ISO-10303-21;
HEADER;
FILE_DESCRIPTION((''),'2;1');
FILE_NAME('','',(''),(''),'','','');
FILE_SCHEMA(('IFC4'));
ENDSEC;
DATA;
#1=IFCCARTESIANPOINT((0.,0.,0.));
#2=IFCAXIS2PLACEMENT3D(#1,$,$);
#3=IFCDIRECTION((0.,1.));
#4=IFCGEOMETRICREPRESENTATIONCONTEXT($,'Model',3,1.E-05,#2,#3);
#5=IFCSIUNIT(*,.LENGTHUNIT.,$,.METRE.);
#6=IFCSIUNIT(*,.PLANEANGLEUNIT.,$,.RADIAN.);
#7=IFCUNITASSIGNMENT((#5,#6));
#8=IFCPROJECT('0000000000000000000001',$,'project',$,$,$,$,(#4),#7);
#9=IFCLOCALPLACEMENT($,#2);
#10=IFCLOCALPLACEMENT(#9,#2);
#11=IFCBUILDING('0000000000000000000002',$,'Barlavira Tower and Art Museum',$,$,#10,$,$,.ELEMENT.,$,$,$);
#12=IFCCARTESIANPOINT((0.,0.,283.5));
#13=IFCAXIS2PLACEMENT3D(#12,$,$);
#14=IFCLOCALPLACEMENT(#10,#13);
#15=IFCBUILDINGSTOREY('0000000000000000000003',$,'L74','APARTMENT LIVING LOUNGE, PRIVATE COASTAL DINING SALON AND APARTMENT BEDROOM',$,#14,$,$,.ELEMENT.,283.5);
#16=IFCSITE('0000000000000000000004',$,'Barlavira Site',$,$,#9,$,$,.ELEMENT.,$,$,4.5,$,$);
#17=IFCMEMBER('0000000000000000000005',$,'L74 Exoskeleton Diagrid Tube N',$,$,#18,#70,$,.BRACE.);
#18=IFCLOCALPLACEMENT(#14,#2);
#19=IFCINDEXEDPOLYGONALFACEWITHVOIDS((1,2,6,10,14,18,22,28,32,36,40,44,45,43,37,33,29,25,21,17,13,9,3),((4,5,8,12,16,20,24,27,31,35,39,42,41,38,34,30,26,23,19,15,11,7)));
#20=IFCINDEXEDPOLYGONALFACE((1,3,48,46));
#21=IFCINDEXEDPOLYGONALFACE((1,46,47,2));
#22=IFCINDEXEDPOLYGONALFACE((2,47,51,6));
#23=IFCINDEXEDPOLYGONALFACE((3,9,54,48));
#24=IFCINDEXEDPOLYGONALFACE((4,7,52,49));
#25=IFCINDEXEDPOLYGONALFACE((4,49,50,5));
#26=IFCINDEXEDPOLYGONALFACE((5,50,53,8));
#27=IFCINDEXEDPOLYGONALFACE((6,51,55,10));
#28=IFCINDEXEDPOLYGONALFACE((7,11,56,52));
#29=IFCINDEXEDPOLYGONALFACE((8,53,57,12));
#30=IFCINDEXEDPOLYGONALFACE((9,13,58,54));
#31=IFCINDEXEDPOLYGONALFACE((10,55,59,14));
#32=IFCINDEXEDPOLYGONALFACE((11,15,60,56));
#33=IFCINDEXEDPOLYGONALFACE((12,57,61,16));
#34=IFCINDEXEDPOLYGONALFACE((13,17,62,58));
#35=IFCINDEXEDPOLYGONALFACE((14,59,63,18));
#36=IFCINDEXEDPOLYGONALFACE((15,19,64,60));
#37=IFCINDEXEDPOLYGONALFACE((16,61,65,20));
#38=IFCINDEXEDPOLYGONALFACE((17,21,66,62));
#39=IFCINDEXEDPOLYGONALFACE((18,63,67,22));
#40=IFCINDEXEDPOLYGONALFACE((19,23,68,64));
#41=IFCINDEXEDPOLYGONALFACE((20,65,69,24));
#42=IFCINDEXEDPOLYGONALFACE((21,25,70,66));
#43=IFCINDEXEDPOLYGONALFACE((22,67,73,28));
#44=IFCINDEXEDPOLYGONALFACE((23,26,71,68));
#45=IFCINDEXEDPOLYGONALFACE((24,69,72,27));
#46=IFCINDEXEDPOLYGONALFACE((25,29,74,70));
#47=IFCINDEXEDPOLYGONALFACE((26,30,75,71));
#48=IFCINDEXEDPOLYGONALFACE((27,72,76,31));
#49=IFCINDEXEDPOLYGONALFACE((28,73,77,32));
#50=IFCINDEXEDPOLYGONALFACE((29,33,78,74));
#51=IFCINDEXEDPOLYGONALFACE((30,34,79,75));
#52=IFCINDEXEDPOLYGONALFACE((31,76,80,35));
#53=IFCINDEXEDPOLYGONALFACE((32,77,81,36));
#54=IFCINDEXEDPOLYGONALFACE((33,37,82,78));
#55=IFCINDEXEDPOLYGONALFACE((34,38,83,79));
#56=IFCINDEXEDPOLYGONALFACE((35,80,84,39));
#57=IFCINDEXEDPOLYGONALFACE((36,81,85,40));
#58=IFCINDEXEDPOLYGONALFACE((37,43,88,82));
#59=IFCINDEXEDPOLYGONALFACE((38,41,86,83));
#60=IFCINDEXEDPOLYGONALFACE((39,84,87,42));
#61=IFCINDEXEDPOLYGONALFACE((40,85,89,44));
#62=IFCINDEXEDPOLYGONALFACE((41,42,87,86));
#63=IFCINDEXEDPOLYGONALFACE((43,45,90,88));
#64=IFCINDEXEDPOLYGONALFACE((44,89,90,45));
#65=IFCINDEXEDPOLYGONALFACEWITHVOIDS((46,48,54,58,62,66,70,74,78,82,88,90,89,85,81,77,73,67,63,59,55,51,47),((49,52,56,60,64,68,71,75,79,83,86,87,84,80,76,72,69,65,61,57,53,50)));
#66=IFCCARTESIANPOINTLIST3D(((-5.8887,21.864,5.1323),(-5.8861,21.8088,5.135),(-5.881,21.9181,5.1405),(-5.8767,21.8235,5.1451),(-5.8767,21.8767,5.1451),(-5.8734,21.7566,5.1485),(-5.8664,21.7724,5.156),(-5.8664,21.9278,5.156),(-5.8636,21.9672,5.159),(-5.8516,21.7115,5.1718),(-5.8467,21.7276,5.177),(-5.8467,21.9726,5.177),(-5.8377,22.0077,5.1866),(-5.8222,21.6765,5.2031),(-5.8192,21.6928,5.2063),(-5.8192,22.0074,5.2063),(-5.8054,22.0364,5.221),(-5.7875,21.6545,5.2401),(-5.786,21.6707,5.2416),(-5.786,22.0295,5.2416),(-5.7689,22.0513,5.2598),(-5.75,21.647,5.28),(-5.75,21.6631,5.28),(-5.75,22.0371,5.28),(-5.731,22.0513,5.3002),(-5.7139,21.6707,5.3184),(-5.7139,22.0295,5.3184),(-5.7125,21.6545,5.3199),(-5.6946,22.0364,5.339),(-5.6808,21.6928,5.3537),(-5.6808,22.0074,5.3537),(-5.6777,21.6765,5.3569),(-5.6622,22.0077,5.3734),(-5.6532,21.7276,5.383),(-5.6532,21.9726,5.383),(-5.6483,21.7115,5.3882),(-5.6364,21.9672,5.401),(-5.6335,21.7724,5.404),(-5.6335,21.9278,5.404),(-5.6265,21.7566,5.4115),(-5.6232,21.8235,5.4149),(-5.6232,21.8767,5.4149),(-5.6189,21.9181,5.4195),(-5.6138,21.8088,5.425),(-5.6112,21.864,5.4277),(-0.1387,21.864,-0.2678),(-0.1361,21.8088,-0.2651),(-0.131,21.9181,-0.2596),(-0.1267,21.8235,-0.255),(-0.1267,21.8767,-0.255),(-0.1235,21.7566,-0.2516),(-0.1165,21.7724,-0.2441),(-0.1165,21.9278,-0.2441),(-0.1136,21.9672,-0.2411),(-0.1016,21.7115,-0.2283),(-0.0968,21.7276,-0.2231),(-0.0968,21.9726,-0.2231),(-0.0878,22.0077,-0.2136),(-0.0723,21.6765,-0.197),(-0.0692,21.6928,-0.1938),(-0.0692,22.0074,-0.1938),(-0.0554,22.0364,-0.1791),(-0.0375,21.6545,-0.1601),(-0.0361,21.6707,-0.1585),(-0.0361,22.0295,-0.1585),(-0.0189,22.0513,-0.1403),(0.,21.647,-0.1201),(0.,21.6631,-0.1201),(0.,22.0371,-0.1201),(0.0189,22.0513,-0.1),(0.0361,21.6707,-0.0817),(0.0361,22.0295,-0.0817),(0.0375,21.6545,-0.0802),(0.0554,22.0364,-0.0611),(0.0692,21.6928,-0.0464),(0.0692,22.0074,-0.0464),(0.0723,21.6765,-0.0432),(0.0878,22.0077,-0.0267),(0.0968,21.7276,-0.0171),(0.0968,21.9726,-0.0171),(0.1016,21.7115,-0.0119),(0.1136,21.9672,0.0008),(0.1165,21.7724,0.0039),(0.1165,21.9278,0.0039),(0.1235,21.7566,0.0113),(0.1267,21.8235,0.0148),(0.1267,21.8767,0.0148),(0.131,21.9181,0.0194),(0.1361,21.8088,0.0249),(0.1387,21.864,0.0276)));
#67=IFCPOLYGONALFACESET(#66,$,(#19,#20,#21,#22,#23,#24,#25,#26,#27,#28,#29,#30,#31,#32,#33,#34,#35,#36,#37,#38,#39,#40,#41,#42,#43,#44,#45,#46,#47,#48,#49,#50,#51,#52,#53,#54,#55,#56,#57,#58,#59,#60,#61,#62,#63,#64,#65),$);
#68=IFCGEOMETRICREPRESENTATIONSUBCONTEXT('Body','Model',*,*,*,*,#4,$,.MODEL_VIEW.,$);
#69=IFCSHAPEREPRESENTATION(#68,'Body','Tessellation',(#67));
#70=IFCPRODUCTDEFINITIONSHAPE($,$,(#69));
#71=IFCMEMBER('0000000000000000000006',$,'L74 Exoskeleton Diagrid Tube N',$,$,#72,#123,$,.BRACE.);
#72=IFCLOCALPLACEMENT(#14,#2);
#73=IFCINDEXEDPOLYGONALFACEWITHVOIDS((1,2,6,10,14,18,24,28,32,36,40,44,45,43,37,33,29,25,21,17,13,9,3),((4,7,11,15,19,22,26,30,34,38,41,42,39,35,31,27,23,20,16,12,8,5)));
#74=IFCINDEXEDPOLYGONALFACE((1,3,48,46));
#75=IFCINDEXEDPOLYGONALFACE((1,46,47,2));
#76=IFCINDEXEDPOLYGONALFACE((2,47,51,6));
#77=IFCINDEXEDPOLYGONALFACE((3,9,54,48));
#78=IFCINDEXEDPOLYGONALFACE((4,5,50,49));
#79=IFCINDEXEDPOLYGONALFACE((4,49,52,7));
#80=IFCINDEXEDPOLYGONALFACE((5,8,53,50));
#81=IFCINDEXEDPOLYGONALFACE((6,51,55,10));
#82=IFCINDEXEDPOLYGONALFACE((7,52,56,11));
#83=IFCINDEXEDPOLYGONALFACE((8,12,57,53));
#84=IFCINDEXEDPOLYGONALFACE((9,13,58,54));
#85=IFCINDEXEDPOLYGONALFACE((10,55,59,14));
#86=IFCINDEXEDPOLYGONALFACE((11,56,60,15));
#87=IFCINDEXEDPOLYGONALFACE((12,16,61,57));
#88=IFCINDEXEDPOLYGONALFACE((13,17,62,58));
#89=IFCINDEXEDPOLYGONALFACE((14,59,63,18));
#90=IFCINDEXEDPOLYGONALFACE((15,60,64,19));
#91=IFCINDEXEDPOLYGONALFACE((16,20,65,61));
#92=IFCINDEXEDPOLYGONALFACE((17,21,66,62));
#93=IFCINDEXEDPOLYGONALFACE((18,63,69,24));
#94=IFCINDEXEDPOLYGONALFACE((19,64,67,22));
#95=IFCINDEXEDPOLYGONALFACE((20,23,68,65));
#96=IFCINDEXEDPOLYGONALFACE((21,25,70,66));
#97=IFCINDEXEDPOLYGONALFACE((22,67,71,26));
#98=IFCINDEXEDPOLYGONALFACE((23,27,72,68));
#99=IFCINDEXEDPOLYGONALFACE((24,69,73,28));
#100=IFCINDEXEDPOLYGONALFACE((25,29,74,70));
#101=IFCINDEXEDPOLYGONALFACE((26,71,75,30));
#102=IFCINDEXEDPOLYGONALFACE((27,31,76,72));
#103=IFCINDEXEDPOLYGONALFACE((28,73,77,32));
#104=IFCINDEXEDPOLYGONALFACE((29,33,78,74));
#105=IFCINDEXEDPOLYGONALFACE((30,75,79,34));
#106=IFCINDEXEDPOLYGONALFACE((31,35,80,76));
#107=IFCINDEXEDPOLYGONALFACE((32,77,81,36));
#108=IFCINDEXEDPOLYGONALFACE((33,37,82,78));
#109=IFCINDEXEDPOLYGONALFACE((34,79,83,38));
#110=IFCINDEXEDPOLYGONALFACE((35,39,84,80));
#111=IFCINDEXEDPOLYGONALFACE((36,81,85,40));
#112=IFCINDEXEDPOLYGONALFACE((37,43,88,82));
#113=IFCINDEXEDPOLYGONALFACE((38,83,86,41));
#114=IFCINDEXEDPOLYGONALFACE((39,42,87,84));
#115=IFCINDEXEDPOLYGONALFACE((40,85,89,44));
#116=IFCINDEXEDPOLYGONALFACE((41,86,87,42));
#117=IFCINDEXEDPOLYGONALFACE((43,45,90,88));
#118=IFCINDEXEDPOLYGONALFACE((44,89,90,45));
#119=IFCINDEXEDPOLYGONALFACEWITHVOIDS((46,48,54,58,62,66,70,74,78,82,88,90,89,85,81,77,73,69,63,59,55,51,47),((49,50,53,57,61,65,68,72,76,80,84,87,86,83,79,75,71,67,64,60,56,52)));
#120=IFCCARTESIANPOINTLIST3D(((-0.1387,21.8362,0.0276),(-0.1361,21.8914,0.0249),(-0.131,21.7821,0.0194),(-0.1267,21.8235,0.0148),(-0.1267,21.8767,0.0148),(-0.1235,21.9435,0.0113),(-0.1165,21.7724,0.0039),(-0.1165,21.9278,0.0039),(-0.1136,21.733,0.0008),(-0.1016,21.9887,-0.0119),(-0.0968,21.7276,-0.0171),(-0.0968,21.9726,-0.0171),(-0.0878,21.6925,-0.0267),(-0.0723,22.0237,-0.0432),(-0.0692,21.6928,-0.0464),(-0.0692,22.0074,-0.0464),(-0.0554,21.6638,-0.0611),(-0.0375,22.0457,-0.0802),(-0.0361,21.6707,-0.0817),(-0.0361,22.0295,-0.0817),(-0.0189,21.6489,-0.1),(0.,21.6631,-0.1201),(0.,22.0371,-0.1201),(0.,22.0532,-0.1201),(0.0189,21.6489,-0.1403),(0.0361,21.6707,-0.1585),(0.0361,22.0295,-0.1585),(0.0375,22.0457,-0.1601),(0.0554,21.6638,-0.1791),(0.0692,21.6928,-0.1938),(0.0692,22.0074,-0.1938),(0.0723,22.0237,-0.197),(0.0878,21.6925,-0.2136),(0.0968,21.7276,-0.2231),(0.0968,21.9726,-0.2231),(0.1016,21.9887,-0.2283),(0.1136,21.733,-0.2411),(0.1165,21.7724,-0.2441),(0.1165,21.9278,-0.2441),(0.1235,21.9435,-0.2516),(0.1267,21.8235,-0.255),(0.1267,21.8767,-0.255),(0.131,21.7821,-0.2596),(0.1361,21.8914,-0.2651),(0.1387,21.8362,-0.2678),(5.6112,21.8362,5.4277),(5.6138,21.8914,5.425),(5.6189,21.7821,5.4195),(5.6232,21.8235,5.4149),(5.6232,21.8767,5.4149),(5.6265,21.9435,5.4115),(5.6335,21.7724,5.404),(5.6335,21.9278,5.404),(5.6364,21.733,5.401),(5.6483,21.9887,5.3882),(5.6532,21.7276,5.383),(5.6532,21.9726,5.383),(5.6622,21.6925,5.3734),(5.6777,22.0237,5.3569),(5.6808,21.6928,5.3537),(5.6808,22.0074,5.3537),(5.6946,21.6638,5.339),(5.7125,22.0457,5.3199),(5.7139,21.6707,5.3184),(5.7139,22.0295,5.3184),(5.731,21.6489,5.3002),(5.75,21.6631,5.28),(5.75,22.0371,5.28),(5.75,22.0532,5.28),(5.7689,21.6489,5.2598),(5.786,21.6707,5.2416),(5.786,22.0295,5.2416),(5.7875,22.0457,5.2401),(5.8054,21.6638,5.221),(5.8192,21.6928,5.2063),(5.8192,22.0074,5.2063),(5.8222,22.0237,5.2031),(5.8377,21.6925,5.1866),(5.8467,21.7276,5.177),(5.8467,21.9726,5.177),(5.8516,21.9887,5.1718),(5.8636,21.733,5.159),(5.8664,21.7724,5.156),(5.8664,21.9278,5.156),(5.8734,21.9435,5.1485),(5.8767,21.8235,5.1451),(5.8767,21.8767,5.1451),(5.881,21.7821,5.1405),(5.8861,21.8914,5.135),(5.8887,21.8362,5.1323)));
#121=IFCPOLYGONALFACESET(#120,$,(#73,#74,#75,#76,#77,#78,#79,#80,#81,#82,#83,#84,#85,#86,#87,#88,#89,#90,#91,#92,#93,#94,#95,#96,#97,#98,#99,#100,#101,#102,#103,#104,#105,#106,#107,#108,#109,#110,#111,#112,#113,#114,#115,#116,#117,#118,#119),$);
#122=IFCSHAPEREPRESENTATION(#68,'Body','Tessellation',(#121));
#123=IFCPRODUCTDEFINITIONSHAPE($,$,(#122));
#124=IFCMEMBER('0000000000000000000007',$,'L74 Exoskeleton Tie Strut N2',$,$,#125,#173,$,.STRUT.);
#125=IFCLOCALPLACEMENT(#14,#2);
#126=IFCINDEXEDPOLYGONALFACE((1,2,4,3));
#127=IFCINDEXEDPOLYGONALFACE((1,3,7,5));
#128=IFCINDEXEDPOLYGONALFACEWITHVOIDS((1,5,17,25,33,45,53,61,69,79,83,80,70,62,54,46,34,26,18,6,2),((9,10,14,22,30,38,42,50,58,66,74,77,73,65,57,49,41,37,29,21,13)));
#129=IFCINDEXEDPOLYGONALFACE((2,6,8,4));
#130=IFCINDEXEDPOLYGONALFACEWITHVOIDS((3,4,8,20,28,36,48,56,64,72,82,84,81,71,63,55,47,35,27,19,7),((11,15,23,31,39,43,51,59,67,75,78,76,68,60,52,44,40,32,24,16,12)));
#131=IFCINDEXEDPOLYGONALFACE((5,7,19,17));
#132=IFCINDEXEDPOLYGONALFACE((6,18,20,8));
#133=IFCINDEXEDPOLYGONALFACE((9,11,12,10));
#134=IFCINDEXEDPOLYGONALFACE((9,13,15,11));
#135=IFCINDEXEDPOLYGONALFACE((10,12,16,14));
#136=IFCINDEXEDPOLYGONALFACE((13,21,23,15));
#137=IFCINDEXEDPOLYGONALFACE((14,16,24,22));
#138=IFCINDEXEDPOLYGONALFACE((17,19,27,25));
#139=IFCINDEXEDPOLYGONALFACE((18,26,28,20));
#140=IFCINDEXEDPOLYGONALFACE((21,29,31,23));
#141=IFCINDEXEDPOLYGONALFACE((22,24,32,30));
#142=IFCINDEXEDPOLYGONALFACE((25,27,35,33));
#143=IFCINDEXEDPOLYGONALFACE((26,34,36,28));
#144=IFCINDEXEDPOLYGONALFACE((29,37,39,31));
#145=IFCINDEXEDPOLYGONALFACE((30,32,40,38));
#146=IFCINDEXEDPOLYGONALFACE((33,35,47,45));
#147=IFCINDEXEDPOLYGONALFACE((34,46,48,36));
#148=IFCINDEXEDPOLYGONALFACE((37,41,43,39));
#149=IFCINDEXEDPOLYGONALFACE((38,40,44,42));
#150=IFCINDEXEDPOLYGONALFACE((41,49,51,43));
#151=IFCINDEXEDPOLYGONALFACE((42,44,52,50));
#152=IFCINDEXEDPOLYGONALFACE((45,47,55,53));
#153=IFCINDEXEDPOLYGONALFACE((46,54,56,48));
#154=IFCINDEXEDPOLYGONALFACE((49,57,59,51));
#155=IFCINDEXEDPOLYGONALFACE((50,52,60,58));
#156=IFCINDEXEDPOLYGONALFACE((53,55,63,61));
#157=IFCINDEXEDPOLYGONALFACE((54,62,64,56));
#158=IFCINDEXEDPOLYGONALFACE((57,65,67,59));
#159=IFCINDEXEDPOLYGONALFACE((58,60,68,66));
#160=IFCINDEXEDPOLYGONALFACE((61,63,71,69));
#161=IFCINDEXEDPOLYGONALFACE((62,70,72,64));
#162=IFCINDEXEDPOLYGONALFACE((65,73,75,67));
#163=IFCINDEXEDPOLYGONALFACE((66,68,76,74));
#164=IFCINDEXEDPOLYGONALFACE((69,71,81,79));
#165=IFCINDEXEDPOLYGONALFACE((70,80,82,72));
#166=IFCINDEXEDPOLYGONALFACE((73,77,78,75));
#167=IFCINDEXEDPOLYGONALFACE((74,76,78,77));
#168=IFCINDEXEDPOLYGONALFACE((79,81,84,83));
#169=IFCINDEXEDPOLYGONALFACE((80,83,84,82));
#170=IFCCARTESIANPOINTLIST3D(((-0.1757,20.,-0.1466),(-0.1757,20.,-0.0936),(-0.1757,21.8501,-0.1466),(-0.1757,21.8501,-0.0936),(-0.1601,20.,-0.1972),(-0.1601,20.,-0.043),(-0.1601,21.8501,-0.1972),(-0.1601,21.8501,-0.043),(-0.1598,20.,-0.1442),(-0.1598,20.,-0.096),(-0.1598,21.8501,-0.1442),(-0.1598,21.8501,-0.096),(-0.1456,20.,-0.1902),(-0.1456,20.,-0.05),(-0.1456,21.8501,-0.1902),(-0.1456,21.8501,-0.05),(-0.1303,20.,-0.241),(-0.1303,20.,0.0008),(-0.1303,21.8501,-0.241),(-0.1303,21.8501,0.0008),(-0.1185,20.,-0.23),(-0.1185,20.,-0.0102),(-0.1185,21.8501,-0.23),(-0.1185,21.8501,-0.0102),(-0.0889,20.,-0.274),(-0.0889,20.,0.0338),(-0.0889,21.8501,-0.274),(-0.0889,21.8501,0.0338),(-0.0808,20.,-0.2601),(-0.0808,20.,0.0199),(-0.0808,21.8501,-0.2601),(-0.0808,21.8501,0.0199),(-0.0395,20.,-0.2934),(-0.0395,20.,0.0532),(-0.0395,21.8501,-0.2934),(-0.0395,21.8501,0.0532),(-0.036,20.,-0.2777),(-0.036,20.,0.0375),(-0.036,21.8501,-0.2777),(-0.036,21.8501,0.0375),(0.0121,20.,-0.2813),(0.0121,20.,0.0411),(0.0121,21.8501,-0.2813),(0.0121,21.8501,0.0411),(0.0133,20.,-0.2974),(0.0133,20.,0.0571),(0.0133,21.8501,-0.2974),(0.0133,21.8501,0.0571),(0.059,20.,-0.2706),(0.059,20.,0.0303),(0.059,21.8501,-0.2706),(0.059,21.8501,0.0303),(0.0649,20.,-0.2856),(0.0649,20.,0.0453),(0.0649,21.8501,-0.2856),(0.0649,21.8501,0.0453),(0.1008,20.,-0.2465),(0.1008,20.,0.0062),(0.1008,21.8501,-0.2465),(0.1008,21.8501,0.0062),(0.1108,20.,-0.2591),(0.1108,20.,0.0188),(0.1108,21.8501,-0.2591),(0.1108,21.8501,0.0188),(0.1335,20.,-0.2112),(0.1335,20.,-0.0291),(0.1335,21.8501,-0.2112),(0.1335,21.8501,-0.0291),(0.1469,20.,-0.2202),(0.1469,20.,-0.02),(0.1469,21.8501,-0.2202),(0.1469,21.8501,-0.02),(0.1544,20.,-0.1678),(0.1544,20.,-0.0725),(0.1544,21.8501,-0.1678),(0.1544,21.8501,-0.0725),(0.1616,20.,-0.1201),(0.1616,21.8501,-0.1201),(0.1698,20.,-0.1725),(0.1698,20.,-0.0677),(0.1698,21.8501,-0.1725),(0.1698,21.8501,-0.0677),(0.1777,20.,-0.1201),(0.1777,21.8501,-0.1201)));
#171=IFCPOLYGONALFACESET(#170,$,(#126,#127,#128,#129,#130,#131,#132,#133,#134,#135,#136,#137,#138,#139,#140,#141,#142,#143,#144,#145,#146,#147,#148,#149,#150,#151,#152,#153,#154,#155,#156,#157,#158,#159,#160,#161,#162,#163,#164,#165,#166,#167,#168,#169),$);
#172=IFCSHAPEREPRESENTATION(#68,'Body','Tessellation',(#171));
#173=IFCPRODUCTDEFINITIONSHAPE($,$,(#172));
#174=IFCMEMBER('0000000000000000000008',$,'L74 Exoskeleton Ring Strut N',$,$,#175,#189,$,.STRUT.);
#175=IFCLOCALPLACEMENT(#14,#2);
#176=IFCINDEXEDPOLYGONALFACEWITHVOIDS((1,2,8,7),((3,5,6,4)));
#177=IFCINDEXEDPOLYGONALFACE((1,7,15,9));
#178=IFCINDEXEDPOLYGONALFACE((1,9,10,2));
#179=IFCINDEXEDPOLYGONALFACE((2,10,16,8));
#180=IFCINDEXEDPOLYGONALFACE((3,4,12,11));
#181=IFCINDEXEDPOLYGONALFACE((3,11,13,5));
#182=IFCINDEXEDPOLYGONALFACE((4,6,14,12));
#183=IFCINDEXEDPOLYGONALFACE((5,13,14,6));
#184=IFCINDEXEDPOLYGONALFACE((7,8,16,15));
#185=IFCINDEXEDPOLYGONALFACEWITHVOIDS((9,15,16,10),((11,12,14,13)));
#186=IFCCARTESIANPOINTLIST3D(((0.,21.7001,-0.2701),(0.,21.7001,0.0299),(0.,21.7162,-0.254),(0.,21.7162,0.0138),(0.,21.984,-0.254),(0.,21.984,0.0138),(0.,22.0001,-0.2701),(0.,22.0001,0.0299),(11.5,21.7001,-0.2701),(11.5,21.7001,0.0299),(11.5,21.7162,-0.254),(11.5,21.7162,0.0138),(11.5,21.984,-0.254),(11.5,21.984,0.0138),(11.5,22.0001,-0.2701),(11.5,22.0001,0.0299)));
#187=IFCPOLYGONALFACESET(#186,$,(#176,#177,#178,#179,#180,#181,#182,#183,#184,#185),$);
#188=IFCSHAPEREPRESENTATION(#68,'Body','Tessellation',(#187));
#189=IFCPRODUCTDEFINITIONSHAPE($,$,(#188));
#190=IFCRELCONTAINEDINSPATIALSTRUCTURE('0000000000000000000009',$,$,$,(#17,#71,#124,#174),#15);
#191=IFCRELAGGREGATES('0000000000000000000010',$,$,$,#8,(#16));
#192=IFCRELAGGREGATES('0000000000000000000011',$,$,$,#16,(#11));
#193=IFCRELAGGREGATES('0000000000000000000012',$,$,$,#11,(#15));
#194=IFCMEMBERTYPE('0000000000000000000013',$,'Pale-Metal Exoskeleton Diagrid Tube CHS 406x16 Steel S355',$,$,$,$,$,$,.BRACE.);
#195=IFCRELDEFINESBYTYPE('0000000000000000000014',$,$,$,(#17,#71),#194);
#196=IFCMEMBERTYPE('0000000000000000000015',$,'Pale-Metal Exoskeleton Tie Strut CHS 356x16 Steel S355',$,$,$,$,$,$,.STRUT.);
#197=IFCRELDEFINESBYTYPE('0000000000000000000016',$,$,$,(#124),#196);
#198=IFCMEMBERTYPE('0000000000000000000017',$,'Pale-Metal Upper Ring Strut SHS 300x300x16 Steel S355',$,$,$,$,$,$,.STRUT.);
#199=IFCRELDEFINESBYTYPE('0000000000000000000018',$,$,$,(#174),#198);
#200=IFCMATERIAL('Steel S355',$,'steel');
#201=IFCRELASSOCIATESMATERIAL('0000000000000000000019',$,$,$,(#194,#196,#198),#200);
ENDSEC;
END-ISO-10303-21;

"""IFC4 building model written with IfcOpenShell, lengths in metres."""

from ifc_helpers import new_model, si_unit, direction, frame, origin, origin_2d, place, context, subcontext, project, spatial, hollow_rectangle, hollow_circle, extrude, material, material_profile, profile_set, type_object, element, save


model = new_model("IFC4")

# Units and contexts
model_context = context("Model", 3, precision=1e-05, world=origin(), true_north=direction((0.0, 1.0)))
body_context = subcontext(model_context, "Body", "Model", "MODEL_VIEW")
ifc_project = project(units=[si_unit("LENGTHUNIT", "METRE"), si_unit("PLANEANGLEUNIT", "RADIAN")], contexts=[model_context])

# Site, building, storey
site_placement = place(None, origin())
site = spatial("IfcSite", under=ifc_project, at=site_placement, Name="Barlavira Site", CompositionType="ELEMENT", RefElevation=4.5)
building_placement = place(site_placement, origin())
building = spatial("IfcBuilding", under=site, at=building_placement, Name="Barlavira Tower and Art Museum", CompositionType="ELEMENT")
storey_placement = place(building_placement, frame((0.0, 0.0, 283.5)))
storey = spatial("IfcBuildingStorey", under=building, at=storey_placement, Name="L74", Description="APARTMENT LIVING LOUNGE, PRIVATE COASTAL DINING SALON AND APARTMENT BEDROOM", CompositionType="ELEMENT", Elevation=283.5)

# Members
ifc_material_1 = material(Name="Steel S355", Category="steel")
ifc_material_profile_1 = material_profile(ifc_material_1, hollow_circle(Radius=0.2031, WallThickness=0.0161, at=origin_2d()), Name="CHS 406.4x16.0")
ifc_profile_set_1 = profile_set([ifc_material_profile_1], Name="Steel S355")
member_type_1 = type_object("IfcMemberType", Name="Pale-Metal Exoskeleton Diagrid Tube CHS 406x16 Steel S355", PredefinedType="BRACE", material=ifc_profile_set_1)
for number, where, z_axis, x_axis, name in (
    (1, (0.0, 21.8501, -0.1201), (-0.728935, 0.0, 0.684583), (0.0, -1.0, 0.0), "L74 Exoskeleton Diagrid Tube N"),
    (2, (0.0, 21.8501, -0.1201), (0.728935, 0.0, 0.684583), (0.0, 1.0, 0.0), "L74 Exoskeleton Diagrid Tube N"),
):
    element("IfcMember", number, at=place(storey_placement, frame(where, z_axis=z_axis, x_axis=x_axis)), inside=storey, type_object=member_type_1, Name=name, PredefinedType="BRACE", context=body_context, shape_type="SweptSolid", body=[
        extrude(hollow_circle(Radius=0.2031, WallThickness=0.0161, at=origin_2d()), origin(), (0.0, 0.0, 1.0), 7.8882),
    ])
ifc_material_profile_2 = material_profile(ifc_material_1, hollow_circle(Radius=0.1777, WallThickness=0.0161, at=origin_2d()), Name="CHS 355.6x16.0")
ifc_profile_set_2 = profile_set([ifc_material_profile_2], Name="Steel S355")
member_type_2 = type_object("IfcMemberType", Name="Pale-Metal Exoskeleton Tie Strut CHS 356x16 Steel S355", PredefinedType="STRUT", material=ifc_profile_set_2)
member_1_placement = place(storey_placement, frame((0.0, 21.8501, -0.1201), z_axis=(0.0, -1.0, 0.0), x_axis=(1.0, 0.0, 0.0)))
element("IfcMember", 3, at=member_1_placement, inside=storey, type_object=member_type_2, Name="L74 Exoskeleton Tie Strut N2", PredefinedType="STRUT", context=body_context, shape_type="SweptSolid", body=[
    extrude(hollow_circle(Radius=0.1777, WallThickness=0.0161, at=origin_2d()), origin(), (0.0, 0.0, 1.0), 1.8501),
])
ifc_material_profile_3 = material_profile(ifc_material_1, hollow_rectangle(XDim=0.3, YDim=0.3, WallThickness=0.0161, at=origin_2d()), Name="SHS 300x300x16.0")
ifc_profile_set_3 = profile_set([ifc_material_profile_3], Name="Steel S355")
member_type_3 = type_object("IfcMemberType", Name="Pale-Metal Upper Ring Strut SHS 300x300x16 Steel S355", PredefinedType="STRUT", material=ifc_profile_set_3)
member_2_placement = place(storey_placement, frame((0.0, 21.8501, -0.1201), z_axis=(1.0, 0.0, 0.0), x_axis=(0.0, 1.0, 0.0)))
element("IfcMember", 4, at=member_2_placement, inside=storey, type_object=member_type_3, Name="L74 Exoskeleton Ring Strut N", PredefinedType="STRUT", context=body_context, shape_type="SweptSolid", body=[
    extrude(hollow_rectangle(XDim=0.3, YDim=0.3, WallThickness=0.0161, at=origin_2d()), origin(), (0.0, 0.0, 1.0), 11.5),
])

save(model, "model.ifc")
